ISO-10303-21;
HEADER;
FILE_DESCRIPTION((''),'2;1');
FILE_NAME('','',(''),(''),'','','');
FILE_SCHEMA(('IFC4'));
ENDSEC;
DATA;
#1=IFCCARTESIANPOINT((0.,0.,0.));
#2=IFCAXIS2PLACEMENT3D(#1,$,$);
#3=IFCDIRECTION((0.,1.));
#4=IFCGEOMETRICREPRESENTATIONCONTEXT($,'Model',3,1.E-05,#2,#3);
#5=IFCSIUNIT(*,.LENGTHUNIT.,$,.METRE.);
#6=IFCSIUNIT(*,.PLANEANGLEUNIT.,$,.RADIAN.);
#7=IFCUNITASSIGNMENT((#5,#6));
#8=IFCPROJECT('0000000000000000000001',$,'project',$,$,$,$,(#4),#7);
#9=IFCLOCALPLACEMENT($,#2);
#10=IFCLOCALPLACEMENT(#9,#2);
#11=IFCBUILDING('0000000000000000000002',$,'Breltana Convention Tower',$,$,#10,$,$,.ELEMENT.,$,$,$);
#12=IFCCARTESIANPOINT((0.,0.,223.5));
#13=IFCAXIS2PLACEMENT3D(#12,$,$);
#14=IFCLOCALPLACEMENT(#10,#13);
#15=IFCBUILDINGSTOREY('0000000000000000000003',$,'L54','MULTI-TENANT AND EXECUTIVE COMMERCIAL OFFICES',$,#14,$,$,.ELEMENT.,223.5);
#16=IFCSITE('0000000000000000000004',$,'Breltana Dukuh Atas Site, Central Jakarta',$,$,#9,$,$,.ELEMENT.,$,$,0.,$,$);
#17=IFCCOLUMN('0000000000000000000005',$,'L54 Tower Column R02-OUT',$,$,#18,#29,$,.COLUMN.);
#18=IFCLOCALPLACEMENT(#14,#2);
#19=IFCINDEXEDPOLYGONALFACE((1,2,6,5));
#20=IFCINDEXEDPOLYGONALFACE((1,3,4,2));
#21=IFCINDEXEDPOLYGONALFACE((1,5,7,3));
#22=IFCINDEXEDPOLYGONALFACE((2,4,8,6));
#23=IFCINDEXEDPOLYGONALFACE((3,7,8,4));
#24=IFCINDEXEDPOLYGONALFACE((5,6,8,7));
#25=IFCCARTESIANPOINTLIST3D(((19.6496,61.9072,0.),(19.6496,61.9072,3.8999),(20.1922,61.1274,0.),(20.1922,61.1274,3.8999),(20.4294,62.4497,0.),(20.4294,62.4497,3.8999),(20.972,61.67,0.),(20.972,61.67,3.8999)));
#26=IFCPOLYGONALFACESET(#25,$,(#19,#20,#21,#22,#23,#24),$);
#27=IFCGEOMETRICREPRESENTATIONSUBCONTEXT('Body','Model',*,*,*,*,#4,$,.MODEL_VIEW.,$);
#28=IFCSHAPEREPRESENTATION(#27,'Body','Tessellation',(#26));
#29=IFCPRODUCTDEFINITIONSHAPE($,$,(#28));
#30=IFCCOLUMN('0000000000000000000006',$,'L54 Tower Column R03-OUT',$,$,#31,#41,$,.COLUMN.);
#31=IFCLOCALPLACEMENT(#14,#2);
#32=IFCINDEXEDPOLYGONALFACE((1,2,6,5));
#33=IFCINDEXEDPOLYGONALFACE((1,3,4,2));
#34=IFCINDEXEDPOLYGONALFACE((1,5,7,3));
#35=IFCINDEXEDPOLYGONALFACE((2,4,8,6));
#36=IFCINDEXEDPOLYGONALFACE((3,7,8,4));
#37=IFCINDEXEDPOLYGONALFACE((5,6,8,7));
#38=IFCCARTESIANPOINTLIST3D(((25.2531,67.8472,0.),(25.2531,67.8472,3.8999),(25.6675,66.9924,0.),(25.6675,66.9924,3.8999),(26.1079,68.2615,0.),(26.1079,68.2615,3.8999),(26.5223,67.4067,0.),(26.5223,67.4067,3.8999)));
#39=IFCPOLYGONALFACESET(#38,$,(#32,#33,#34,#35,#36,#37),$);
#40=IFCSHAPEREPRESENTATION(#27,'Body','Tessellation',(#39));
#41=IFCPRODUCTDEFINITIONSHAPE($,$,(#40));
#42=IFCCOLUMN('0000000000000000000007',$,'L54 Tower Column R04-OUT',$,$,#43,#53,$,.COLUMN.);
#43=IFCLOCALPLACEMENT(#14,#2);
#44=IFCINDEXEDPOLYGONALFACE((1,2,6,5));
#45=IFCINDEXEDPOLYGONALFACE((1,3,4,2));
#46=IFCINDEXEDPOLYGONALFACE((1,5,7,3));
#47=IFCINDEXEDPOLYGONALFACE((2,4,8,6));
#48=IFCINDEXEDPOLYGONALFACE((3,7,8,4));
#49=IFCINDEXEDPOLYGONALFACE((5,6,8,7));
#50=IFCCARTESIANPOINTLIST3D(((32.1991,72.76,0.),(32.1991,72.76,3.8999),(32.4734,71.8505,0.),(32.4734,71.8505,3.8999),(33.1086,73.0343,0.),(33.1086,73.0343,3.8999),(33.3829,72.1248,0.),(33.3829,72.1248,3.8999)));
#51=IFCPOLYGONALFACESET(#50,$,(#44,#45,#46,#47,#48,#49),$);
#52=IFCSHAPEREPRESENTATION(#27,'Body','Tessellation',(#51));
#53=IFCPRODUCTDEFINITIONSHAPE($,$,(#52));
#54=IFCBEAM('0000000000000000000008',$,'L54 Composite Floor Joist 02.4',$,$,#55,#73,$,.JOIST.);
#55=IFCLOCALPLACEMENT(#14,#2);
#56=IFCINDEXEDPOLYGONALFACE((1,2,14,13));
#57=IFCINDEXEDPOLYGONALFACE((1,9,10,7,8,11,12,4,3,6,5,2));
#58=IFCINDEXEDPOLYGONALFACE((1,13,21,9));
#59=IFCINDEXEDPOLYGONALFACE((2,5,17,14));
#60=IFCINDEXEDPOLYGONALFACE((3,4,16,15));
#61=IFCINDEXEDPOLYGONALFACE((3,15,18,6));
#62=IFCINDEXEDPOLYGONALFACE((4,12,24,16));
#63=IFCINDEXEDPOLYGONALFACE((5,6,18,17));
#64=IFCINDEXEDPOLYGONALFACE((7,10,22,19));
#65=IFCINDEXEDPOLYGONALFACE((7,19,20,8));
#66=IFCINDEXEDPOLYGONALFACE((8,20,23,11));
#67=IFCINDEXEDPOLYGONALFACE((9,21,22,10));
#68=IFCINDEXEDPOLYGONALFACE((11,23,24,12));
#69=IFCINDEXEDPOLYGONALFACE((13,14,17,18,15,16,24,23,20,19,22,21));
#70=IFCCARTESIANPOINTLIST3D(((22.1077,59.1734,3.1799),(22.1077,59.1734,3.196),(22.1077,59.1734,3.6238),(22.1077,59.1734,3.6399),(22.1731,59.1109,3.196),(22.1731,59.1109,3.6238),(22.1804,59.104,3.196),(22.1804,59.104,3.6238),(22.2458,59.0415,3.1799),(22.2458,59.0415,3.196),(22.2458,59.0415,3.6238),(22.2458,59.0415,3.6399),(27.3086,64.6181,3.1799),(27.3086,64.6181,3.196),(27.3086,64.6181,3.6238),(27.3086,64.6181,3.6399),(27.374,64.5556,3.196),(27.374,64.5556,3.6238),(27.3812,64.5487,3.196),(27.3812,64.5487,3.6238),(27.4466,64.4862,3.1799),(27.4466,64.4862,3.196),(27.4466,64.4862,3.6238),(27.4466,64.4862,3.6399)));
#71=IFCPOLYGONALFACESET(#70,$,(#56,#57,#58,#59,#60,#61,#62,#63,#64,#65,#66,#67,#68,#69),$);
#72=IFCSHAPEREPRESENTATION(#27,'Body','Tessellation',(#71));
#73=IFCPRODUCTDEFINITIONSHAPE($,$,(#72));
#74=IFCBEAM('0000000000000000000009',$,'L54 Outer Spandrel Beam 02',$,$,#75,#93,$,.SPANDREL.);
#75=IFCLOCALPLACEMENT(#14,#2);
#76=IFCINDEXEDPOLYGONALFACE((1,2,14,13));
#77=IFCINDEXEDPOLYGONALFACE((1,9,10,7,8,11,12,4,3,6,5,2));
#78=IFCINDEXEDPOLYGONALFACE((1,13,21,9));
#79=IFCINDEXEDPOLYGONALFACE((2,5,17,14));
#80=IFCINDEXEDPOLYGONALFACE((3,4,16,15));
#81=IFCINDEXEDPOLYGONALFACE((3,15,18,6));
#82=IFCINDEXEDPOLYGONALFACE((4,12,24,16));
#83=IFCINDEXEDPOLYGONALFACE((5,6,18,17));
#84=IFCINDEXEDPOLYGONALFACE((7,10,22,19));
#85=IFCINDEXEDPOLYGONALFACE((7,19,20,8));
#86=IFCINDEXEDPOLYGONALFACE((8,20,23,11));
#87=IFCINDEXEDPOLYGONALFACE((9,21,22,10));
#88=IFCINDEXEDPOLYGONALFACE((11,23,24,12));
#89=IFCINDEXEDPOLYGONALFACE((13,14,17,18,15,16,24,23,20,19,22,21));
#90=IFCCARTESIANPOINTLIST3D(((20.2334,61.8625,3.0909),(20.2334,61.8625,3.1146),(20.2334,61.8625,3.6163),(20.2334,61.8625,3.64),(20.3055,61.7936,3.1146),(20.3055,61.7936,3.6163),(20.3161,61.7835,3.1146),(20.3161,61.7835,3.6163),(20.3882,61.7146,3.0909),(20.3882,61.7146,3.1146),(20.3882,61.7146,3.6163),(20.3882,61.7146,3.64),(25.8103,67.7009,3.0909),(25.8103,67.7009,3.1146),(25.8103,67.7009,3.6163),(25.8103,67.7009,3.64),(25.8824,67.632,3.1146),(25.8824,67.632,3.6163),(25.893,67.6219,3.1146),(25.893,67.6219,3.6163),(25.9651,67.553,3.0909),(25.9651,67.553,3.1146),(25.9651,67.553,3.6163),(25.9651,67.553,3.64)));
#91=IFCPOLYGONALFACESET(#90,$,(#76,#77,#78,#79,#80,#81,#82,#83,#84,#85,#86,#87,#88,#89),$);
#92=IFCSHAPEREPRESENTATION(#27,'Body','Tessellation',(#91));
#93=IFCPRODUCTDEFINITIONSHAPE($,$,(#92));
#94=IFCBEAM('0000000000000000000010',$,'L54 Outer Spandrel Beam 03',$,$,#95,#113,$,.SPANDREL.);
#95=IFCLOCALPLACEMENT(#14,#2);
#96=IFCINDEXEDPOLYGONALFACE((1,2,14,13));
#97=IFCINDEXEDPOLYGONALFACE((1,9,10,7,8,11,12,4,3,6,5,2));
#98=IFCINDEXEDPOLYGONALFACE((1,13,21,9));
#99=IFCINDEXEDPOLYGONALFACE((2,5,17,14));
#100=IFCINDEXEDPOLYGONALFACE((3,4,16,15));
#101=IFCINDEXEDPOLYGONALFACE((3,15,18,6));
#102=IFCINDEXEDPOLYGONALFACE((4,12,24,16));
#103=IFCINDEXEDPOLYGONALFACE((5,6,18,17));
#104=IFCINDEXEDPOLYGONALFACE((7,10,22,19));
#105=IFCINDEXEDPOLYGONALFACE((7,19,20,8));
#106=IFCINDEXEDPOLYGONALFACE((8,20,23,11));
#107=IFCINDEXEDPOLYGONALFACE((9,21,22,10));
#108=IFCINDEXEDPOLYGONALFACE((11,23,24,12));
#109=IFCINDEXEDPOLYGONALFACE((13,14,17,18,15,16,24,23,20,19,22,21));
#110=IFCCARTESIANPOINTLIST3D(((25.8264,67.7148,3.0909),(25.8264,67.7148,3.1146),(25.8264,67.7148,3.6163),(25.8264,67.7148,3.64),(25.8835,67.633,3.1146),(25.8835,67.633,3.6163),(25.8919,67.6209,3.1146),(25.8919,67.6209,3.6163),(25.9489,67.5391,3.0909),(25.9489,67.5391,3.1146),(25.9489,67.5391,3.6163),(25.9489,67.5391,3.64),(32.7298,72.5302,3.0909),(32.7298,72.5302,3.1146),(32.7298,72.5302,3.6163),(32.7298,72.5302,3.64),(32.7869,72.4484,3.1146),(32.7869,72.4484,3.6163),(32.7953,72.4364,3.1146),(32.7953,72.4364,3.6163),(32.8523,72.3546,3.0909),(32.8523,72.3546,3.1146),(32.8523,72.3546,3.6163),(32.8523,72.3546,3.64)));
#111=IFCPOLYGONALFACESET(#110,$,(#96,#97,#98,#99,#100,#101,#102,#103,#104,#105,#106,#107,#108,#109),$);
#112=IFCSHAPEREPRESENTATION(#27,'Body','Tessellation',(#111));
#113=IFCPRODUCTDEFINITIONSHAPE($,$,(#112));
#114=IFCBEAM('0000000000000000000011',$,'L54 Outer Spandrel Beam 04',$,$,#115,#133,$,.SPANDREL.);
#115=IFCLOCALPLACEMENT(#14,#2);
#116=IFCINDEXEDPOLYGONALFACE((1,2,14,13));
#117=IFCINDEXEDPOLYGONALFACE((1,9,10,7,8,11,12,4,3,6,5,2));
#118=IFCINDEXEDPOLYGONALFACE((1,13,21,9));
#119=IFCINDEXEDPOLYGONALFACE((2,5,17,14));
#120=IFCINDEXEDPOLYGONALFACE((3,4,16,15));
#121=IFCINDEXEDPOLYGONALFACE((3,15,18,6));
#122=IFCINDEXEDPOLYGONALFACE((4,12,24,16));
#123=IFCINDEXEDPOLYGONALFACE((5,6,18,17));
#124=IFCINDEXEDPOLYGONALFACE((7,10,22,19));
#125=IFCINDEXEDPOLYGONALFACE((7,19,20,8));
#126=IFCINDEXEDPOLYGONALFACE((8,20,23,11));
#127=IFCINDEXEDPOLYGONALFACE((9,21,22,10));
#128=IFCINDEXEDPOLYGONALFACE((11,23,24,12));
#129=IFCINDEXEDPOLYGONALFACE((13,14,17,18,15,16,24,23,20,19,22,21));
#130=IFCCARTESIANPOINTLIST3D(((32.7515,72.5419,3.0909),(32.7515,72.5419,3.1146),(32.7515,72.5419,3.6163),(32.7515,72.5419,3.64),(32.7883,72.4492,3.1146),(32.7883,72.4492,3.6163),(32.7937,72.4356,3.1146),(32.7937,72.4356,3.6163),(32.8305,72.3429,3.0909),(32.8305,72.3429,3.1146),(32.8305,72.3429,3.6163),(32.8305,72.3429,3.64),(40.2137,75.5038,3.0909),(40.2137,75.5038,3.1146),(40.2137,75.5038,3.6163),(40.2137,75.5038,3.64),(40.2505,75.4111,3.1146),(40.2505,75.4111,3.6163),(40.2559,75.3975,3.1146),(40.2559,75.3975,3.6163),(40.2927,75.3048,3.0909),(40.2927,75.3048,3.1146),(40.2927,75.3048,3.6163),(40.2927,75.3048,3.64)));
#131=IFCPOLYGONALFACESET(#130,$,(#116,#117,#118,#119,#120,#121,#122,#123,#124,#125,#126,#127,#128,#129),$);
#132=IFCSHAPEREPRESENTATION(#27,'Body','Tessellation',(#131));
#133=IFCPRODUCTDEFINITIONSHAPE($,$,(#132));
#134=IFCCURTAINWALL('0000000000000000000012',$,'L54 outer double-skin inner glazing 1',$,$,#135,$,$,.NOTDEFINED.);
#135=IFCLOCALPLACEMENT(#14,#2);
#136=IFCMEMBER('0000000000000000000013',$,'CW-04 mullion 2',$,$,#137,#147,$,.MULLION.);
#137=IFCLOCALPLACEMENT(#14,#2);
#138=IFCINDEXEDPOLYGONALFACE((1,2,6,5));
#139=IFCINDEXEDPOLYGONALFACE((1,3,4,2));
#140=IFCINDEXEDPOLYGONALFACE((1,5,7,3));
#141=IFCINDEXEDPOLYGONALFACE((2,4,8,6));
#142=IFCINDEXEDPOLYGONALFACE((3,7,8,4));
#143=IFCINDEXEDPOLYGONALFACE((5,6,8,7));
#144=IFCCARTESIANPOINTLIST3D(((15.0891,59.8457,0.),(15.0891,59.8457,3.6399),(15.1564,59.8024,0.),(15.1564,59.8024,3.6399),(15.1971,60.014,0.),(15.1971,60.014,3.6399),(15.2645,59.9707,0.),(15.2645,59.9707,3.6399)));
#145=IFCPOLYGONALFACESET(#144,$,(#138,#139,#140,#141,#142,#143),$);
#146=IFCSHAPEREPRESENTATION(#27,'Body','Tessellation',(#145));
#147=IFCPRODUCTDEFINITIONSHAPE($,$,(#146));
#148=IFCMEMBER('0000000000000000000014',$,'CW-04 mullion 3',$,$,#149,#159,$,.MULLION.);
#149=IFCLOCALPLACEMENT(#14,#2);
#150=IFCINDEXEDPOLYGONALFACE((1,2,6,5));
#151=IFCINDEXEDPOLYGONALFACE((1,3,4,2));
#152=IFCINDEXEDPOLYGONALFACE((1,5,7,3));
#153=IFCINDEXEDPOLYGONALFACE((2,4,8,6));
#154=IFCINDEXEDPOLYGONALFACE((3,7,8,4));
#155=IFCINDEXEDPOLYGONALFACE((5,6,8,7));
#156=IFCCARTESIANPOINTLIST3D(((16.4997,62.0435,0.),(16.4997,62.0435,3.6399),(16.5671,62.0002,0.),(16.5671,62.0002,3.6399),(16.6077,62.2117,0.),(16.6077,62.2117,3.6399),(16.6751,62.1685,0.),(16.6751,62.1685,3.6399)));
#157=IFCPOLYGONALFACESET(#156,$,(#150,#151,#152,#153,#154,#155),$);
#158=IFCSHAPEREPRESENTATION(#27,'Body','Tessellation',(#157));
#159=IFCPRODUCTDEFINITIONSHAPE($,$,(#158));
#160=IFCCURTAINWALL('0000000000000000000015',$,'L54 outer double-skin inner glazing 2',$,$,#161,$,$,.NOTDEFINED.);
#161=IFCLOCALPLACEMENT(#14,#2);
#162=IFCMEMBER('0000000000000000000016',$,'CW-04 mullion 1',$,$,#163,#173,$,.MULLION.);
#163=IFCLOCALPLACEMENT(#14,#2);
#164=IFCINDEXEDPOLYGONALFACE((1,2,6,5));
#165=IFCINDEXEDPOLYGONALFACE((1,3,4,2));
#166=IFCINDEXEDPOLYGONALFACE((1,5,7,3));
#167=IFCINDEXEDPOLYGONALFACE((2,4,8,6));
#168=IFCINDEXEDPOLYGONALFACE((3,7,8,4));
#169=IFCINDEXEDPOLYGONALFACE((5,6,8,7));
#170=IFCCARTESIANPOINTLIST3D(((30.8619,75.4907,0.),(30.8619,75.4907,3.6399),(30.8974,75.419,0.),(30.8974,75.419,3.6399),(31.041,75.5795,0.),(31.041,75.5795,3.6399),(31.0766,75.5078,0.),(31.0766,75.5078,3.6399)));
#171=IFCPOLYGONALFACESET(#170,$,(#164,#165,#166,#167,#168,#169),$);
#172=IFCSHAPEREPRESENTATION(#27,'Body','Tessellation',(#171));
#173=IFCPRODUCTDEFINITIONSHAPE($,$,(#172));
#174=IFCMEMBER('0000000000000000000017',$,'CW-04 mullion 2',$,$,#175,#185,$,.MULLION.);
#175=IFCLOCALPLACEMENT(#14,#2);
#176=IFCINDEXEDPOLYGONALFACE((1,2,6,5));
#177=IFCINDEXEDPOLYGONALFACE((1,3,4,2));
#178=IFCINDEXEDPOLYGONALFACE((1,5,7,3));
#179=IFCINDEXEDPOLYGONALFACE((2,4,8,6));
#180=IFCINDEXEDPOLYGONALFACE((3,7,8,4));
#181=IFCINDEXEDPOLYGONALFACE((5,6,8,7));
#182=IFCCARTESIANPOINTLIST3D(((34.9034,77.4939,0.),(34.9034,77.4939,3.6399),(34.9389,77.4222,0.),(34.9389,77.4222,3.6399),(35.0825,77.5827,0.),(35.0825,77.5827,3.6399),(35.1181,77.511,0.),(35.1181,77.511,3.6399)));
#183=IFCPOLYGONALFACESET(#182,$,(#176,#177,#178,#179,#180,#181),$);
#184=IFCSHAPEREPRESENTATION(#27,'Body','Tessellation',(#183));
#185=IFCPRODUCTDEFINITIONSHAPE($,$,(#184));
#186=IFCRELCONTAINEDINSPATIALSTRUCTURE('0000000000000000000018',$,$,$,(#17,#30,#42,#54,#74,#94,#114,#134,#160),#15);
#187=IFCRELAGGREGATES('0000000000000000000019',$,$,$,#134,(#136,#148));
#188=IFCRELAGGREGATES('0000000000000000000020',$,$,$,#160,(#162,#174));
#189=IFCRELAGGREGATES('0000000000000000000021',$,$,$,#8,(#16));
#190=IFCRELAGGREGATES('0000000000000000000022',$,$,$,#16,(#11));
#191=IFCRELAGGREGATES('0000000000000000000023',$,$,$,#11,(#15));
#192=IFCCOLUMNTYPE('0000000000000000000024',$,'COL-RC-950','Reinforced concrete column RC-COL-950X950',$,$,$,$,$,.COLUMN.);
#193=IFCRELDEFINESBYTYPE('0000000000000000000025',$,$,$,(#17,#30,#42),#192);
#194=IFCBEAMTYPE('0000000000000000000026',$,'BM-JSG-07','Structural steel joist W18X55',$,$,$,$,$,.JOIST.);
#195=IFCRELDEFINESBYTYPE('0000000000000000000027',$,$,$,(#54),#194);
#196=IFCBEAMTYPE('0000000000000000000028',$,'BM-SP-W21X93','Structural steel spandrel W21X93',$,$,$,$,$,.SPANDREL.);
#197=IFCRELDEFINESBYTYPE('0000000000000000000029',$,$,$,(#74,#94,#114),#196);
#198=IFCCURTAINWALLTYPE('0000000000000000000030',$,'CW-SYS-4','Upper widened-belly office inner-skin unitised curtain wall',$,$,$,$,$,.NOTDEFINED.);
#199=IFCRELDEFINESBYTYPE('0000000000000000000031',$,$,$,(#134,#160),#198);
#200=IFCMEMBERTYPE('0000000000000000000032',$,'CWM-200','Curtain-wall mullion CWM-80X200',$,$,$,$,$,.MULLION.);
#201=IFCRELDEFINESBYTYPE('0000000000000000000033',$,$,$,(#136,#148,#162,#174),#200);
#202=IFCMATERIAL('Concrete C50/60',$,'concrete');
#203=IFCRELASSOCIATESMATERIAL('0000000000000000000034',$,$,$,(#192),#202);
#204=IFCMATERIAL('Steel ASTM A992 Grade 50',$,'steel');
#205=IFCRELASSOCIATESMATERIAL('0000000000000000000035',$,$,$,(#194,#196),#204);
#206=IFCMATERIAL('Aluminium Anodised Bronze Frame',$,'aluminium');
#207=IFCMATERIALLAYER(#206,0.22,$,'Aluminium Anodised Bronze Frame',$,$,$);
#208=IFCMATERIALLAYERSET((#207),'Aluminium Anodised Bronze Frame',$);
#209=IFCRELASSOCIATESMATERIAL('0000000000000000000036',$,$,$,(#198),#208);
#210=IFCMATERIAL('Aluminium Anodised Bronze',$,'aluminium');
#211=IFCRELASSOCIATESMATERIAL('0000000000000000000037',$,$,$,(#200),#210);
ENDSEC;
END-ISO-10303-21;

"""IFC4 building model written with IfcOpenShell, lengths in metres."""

from ifc_helpers import new_model, si_unit, direction, frame, origin, origin_2d, place, context, subcontext, project, spatial, rectangle, i_section, extrude, source, transform, mapped, material, layer, layer_set, material_profile, profile_set, type_object, element, aggregate, save


model = new_model("IFC4")

# Units and contexts
model_context = context("Model", 3, precision=1e-05, world=origin(), true_north=direction((0.0, 1.0)))
body_context = subcontext(model_context, "Body", "Model", "MODEL_VIEW")
ifc_project = project(units=[si_unit("LENGTHUNIT", "METRE"), si_unit("PLANEANGLEUNIT", "RADIAN")], contexts=[model_context])

# Site, building, storey
site_placement = place(None, origin())
site = spatial("IfcSite", under=ifc_project, at=site_placement, Name="Breltana Dukuh Atas Site, Central Jakarta", CompositionType="ELEMENT", RefElevation=0.0)
building_placement = place(site_placement, origin())
building = spatial("IfcBuilding", under=site, at=building_placement, Name="Breltana Convention Tower", CompositionType="ELEMENT")
storey_placement = place(building_placement, frame((0.0, 0.0, 223.5)))
storey = spatial("IfcBuildingStorey", under=building, at=storey_placement, Name="L54", Description="MULTI-TENANT AND EXECUTIVE COMMERCIAL OFFICES", CompositionType="ELEMENT", Elevation=223.5)

# Columns
ifc_material_1 = material(Name="Concrete C50/60", Category="concrete")
ifc_material_profile_1 = material_profile(ifc_material_1, rectangle(XDim=0.95, YDim=0.95, at=origin_2d()), Name="RC-COL-950X950")
ifc_profile_set_1 = profile_set([ifc_material_profile_1], Name="Concrete C50/60")
column_type = type_object("IfcColumnType", Name="COL-RC-950", Description="Reinforced concrete column RC-COL-950X950", PredefinedType="COLUMN", material=ifc_profile_set_1)
shared_shape_1 = source(origin(), body_context, "Body", "SweptSolid", [
    extrude(rectangle(XDim=0.95, YDim=0.95, at=origin_2d()), origin(), (0.0, 0.0, 1.0), 3.8999),
])
for number, where, z_axis, x_axis, name in (
    (1, (20.3108, 61.7886, 0.0), (0.0, 0.0, 1.0), (-0.571143, 0.82085, 0.0), "L54 Tower Column R02-OUT"),
    (2, (25.8877, 67.627, 0.0), (0.0, 0.0, 1.0), (-0.436174, 0.899863, 0.0), "L54 Tower Column R03-OUT"),
    (3, (32.791, 72.4424, 0.0), (0.0, 0.0, 1.0), (-0.288698, 0.95742, 0.0), "L54 Tower Column R04-OUT"),
):
    element("IfcColumn", number, at=place(storey_placement, frame(where, z_axis=z_axis, x_axis=x_axis)), inside=storey, type_object=column_type, Name=name, PredefinedType="COLUMN", context=body_context, shape_type="MappedRepresentation", body=[
        mapped(shared_shape_1, transform((0.0, 0.0, 0.0), scale=1.0)),
    ])

# Beams
ifc_material_2 = material(Name="Steel ASTM A992 Grade 50", Category="steel")
ifc_material_profile_2 = material_profile(ifc_material_2, i_section(OverallWidth=0.1909, OverallDepth=0.46, WebThickness=0.01, FlangeThickness=0.0161, at=origin_2d()), Name="W18X55")
ifc_profile_set_2 = profile_set([ifc_material_profile_2], Name="Steel ASTM A992 Grade 50")
beam_type_1 = type_object("IfcBeamType", Name="BM-JSG-07", Description="Structural steel joist W18X55", PredefinedType="JOIST", material=ifc_profile_set_2)
shared_shape_2 = source(origin(), body_context, "Body", "SweptSolid", [
    extrude(i_section(OverallWidth=0.1909, OverallDepth=0.46, WebThickness=0.01, FlangeThickness=0.0161, at=origin_2d()), origin(), (0.0, 0.0, 1.0), 7.5295),
])
beam_1_placement = place(storey_placement, frame((22.1768, 59.1074, 3.4099), z_axis=(0.690726, 0.723117, 0.0), x_axis=(-0.723117, 0.690726, 0.0)))
element("IfcBeam", 4, at=beam_1_placement, inside=storey, type_object=beam_type_1, Name="L54 Composite Floor Joist 02.4", PredefinedType="JOIST", context=body_context, shape_type="MappedRepresentation", body=[
    mapped(shared_shape_2, transform((0.0, 0.0, 0.0), scale=1.0)),
])
ifc_material_profile_3 = material_profile(ifc_material_2, i_section(OverallWidth=0.2141, OverallDepth=0.5491, WebThickness=0.0146, FlangeThickness=0.0237, at=origin_2d()), Name="W21X93")
ifc_profile_set_3 = profile_set([ifc_material_profile_3], Name="Steel ASTM A992 Grade 50")
beam_type_2 = type_object("IfcBeamType", Name="BM-SP-W21X93", Description="Structural steel spandrel W21X93", PredefinedType="SPANDREL", material=ifc_profile_set_3)
shared_shape_3 = source(origin(), body_context, "Body", "SweptSolid", [
    extrude(i_section(OverallWidth=0.2141, OverallDepth=0.5491, WebThickness=0.0146, FlangeThickness=0.0237, at=origin_2d()), origin(), (0.0, 0.0, 1.0), 8.074),
])
beam_2_placement = place(storey_placement, frame((20.3108, 61.7886, 3.3655), z_axis=(0.690729, 0.723114, 0.0), x_axis=(-0.723114, 0.690729, 0.0)))
element("IfcBeam", 5, at=beam_2_placement, inside=storey, type_object=beam_type_2, Name="L54 Outer Spandrel Beam 02", PredefinedType="SPANDREL", context=body_context, shape_type="MappedRepresentation", body=[
    mapped(shared_shape_3, transform((0.0, 0.0, 0.0), scale=1.0)),
])
shared_shape_4 = source(origin(), body_context, "Body", "SweptSolid", [
    extrude(i_section(OverallWidth=0.2141, OverallDepth=0.5491, WebThickness=0.0146, FlangeThickness=0.0237, at=origin_2d()), origin(), (0.0, 0.0, 1.0), 8.417),
])
beam_3_placement = place(storey_placement, frame((25.8877, 67.627, 3.3655), z_axis=(0.820174, 0.572114, 0.0), x_axis=(-0.572114, 0.820174, 0.0)))
element("IfcBeam", 6, at=beam_3_placement, inside=storey, type_object=beam_type_2, Name="L54 Outer Spandrel Beam 03", PredefinedType="SPANDREL", context=body_context, shape_type="MappedRepresentation", body=[
    mapped(shared_shape_4, transform((0.0, 0.0, 0.0), scale=1.0)),
])
shared_shape_5 = source(origin(), body_context, "Body", "SweptSolid", [
    extrude(i_section(OverallWidth=0.2141, OverallDepth=0.5491, WebThickness=0.0146, FlangeThickness=0.0237, at=origin_2d()), origin(), (0.0, 0.0, 1.0), 8.0286),
])
beam_4_placement = place(storey_placement, frame((32.791, 72.4424, 3.3655), z_axis=(0.929459, 0.368925, 0.0), x_axis=(-0.368925, 0.929459, 0.0)))
element("IfcBeam", 7, at=beam_4_placement, inside=storey, type_object=beam_type_2, Name="L54 Outer Spandrel Beam 04", PredefinedType="SPANDREL", context=body_context, shape_type="MappedRepresentation", body=[
    mapped(shared_shape_5, transform((0.0, 0.0, 0.0), scale=1.0)),
])

# Curtain walls, members
ifc_material_3 = material(Name="Aluminium Anodised Bronze Frame", Category="aluminium")
ifc_layer_1 = layer(ifc_material_3, 0.22, Name="Aluminium Anodised Bronze Frame")
ifc_layer_set_1 = layer_set([ifc_layer_1], Name="Aluminium Anodised Bronze Frame")
curtain_wall_type = type_object("IfcCurtainWallType", Name="CW-SYS-4", Description="Upper widened-belly office inner-skin unitised curtain wall", PredefinedType="NOTDEFINED", material=ifc_layer_set_1)
curtain_wall_1_placement = place(storey_placement, origin())
curtain_wall_1 = element("IfcCurtainWall", 8, at=curtain_wall_1_placement, inside=storey, type_object=curtain_wall_type, Name="L54 outer double-skin inner glazing 1", PredefinedType="NOTDEFINED")
ifc_material_4 = material(Name="Aluminium Anodised Bronze", Category="aluminium")
ifc_material_profile_4 = material_profile(ifc_material_4, rectangle(XDim=0.0801, YDim=0.2, at=origin_2d()), Name="CWM-80X200")
ifc_profile_set_4 = profile_set([ifc_material_profile_4], Name="Aluminium Anodised Bronze")
member_type_1 = type_object("IfcMemberType", Name="CWM-200", Description="Curtain-wall mullion CWM-80X200", PredefinedType="MULLION", material=ifc_profile_set_4)
shared_shape_6 = source(origin(), body_context, "Body", "SweptSolid", [
    extrude(rectangle(XDim=0.0801, YDim=0.2, at=origin_2d()), origin(), (0.0, 0.0, 1.0), 3.6399),
])
member_1_placement = place(storey_placement, frame((15.1768, 59.9082, 0.0), z_axis=(0.0, 0.0, 1.0), x_axis=(-0.841548, 0.540182, 0.0)))
member_1 = element("IfcMember", 9, at=member_1_placement, type_object=member_type_1, Name="CW-04 mullion 2", PredefinedType="MULLION", context=body_context, shape_type="MappedRepresentation", body=[
    mapped(shared_shape_6, transform((0.0, 0.0, 0.0), scale=1.0)),
])
member_2_placement = place(storey_placement, frame((16.5874, 62.106, 0.0), z_axis=(0.0, 0.0, 1.0), x_axis=(-0.841548, 0.540182, 0.0)))
member_2 = element("IfcMember", 10, at=member_2_placement, type_object=member_type_1, Name="CW-04 mullion 3", PredefinedType="MULLION", context=body_context, shape_type="MappedRepresentation", body=[
    mapped(shared_shape_6, transform((0.0, 0.0, 0.0), scale=1.0)),
])
curtain_wall_2_placement = place(storey_placement, origin())
curtain_wall_2 = element("IfcCurtainWall", 11, at=curtain_wall_2_placement, inside=storey, type_object=curtain_wall_type, Name="L54 outer double-skin inner glazing 2", PredefinedType="NOTDEFINED")
member_3_placement = place(storey_placement, frame((30.9692, 75.4993, 0.0), z_axis=(0.0, 0.0, 1.0), x_axis=(-0.444109, 0.895973, 0.0)))
member_3 = element("IfcMember", 12, at=member_3_placement, type_object=member_type_1, Name="CW-04 mullion 1", PredefinedType="MULLION", context=body_context, shape_type="MappedRepresentation", body=[
    mapped(shared_shape_6, transform((0.0, 0.0, 0.0), scale=1.0)),
])
member_4_placement = place(storey_placement, frame((35.0107, 77.5024, 0.0), z_axis=(0.0, 0.0, 1.0), x_axis=(-0.444109, 0.895973, 0.0)))
member_4 = element("IfcMember", 13, at=member_4_placement, type_object=member_type_1, Name="CW-04 mullion 2", PredefinedType="MULLION", context=body_context, shape_type="MappedRepresentation", body=[
    mapped(shared_shape_6, transform((0.0, 0.0, 0.0), scale=1.0)),
])

aggregate(curtain_wall_1, [member_1, member_2])
aggregate(curtain_wall_2, [member_3, member_4])

save(model, "model.ifc")
